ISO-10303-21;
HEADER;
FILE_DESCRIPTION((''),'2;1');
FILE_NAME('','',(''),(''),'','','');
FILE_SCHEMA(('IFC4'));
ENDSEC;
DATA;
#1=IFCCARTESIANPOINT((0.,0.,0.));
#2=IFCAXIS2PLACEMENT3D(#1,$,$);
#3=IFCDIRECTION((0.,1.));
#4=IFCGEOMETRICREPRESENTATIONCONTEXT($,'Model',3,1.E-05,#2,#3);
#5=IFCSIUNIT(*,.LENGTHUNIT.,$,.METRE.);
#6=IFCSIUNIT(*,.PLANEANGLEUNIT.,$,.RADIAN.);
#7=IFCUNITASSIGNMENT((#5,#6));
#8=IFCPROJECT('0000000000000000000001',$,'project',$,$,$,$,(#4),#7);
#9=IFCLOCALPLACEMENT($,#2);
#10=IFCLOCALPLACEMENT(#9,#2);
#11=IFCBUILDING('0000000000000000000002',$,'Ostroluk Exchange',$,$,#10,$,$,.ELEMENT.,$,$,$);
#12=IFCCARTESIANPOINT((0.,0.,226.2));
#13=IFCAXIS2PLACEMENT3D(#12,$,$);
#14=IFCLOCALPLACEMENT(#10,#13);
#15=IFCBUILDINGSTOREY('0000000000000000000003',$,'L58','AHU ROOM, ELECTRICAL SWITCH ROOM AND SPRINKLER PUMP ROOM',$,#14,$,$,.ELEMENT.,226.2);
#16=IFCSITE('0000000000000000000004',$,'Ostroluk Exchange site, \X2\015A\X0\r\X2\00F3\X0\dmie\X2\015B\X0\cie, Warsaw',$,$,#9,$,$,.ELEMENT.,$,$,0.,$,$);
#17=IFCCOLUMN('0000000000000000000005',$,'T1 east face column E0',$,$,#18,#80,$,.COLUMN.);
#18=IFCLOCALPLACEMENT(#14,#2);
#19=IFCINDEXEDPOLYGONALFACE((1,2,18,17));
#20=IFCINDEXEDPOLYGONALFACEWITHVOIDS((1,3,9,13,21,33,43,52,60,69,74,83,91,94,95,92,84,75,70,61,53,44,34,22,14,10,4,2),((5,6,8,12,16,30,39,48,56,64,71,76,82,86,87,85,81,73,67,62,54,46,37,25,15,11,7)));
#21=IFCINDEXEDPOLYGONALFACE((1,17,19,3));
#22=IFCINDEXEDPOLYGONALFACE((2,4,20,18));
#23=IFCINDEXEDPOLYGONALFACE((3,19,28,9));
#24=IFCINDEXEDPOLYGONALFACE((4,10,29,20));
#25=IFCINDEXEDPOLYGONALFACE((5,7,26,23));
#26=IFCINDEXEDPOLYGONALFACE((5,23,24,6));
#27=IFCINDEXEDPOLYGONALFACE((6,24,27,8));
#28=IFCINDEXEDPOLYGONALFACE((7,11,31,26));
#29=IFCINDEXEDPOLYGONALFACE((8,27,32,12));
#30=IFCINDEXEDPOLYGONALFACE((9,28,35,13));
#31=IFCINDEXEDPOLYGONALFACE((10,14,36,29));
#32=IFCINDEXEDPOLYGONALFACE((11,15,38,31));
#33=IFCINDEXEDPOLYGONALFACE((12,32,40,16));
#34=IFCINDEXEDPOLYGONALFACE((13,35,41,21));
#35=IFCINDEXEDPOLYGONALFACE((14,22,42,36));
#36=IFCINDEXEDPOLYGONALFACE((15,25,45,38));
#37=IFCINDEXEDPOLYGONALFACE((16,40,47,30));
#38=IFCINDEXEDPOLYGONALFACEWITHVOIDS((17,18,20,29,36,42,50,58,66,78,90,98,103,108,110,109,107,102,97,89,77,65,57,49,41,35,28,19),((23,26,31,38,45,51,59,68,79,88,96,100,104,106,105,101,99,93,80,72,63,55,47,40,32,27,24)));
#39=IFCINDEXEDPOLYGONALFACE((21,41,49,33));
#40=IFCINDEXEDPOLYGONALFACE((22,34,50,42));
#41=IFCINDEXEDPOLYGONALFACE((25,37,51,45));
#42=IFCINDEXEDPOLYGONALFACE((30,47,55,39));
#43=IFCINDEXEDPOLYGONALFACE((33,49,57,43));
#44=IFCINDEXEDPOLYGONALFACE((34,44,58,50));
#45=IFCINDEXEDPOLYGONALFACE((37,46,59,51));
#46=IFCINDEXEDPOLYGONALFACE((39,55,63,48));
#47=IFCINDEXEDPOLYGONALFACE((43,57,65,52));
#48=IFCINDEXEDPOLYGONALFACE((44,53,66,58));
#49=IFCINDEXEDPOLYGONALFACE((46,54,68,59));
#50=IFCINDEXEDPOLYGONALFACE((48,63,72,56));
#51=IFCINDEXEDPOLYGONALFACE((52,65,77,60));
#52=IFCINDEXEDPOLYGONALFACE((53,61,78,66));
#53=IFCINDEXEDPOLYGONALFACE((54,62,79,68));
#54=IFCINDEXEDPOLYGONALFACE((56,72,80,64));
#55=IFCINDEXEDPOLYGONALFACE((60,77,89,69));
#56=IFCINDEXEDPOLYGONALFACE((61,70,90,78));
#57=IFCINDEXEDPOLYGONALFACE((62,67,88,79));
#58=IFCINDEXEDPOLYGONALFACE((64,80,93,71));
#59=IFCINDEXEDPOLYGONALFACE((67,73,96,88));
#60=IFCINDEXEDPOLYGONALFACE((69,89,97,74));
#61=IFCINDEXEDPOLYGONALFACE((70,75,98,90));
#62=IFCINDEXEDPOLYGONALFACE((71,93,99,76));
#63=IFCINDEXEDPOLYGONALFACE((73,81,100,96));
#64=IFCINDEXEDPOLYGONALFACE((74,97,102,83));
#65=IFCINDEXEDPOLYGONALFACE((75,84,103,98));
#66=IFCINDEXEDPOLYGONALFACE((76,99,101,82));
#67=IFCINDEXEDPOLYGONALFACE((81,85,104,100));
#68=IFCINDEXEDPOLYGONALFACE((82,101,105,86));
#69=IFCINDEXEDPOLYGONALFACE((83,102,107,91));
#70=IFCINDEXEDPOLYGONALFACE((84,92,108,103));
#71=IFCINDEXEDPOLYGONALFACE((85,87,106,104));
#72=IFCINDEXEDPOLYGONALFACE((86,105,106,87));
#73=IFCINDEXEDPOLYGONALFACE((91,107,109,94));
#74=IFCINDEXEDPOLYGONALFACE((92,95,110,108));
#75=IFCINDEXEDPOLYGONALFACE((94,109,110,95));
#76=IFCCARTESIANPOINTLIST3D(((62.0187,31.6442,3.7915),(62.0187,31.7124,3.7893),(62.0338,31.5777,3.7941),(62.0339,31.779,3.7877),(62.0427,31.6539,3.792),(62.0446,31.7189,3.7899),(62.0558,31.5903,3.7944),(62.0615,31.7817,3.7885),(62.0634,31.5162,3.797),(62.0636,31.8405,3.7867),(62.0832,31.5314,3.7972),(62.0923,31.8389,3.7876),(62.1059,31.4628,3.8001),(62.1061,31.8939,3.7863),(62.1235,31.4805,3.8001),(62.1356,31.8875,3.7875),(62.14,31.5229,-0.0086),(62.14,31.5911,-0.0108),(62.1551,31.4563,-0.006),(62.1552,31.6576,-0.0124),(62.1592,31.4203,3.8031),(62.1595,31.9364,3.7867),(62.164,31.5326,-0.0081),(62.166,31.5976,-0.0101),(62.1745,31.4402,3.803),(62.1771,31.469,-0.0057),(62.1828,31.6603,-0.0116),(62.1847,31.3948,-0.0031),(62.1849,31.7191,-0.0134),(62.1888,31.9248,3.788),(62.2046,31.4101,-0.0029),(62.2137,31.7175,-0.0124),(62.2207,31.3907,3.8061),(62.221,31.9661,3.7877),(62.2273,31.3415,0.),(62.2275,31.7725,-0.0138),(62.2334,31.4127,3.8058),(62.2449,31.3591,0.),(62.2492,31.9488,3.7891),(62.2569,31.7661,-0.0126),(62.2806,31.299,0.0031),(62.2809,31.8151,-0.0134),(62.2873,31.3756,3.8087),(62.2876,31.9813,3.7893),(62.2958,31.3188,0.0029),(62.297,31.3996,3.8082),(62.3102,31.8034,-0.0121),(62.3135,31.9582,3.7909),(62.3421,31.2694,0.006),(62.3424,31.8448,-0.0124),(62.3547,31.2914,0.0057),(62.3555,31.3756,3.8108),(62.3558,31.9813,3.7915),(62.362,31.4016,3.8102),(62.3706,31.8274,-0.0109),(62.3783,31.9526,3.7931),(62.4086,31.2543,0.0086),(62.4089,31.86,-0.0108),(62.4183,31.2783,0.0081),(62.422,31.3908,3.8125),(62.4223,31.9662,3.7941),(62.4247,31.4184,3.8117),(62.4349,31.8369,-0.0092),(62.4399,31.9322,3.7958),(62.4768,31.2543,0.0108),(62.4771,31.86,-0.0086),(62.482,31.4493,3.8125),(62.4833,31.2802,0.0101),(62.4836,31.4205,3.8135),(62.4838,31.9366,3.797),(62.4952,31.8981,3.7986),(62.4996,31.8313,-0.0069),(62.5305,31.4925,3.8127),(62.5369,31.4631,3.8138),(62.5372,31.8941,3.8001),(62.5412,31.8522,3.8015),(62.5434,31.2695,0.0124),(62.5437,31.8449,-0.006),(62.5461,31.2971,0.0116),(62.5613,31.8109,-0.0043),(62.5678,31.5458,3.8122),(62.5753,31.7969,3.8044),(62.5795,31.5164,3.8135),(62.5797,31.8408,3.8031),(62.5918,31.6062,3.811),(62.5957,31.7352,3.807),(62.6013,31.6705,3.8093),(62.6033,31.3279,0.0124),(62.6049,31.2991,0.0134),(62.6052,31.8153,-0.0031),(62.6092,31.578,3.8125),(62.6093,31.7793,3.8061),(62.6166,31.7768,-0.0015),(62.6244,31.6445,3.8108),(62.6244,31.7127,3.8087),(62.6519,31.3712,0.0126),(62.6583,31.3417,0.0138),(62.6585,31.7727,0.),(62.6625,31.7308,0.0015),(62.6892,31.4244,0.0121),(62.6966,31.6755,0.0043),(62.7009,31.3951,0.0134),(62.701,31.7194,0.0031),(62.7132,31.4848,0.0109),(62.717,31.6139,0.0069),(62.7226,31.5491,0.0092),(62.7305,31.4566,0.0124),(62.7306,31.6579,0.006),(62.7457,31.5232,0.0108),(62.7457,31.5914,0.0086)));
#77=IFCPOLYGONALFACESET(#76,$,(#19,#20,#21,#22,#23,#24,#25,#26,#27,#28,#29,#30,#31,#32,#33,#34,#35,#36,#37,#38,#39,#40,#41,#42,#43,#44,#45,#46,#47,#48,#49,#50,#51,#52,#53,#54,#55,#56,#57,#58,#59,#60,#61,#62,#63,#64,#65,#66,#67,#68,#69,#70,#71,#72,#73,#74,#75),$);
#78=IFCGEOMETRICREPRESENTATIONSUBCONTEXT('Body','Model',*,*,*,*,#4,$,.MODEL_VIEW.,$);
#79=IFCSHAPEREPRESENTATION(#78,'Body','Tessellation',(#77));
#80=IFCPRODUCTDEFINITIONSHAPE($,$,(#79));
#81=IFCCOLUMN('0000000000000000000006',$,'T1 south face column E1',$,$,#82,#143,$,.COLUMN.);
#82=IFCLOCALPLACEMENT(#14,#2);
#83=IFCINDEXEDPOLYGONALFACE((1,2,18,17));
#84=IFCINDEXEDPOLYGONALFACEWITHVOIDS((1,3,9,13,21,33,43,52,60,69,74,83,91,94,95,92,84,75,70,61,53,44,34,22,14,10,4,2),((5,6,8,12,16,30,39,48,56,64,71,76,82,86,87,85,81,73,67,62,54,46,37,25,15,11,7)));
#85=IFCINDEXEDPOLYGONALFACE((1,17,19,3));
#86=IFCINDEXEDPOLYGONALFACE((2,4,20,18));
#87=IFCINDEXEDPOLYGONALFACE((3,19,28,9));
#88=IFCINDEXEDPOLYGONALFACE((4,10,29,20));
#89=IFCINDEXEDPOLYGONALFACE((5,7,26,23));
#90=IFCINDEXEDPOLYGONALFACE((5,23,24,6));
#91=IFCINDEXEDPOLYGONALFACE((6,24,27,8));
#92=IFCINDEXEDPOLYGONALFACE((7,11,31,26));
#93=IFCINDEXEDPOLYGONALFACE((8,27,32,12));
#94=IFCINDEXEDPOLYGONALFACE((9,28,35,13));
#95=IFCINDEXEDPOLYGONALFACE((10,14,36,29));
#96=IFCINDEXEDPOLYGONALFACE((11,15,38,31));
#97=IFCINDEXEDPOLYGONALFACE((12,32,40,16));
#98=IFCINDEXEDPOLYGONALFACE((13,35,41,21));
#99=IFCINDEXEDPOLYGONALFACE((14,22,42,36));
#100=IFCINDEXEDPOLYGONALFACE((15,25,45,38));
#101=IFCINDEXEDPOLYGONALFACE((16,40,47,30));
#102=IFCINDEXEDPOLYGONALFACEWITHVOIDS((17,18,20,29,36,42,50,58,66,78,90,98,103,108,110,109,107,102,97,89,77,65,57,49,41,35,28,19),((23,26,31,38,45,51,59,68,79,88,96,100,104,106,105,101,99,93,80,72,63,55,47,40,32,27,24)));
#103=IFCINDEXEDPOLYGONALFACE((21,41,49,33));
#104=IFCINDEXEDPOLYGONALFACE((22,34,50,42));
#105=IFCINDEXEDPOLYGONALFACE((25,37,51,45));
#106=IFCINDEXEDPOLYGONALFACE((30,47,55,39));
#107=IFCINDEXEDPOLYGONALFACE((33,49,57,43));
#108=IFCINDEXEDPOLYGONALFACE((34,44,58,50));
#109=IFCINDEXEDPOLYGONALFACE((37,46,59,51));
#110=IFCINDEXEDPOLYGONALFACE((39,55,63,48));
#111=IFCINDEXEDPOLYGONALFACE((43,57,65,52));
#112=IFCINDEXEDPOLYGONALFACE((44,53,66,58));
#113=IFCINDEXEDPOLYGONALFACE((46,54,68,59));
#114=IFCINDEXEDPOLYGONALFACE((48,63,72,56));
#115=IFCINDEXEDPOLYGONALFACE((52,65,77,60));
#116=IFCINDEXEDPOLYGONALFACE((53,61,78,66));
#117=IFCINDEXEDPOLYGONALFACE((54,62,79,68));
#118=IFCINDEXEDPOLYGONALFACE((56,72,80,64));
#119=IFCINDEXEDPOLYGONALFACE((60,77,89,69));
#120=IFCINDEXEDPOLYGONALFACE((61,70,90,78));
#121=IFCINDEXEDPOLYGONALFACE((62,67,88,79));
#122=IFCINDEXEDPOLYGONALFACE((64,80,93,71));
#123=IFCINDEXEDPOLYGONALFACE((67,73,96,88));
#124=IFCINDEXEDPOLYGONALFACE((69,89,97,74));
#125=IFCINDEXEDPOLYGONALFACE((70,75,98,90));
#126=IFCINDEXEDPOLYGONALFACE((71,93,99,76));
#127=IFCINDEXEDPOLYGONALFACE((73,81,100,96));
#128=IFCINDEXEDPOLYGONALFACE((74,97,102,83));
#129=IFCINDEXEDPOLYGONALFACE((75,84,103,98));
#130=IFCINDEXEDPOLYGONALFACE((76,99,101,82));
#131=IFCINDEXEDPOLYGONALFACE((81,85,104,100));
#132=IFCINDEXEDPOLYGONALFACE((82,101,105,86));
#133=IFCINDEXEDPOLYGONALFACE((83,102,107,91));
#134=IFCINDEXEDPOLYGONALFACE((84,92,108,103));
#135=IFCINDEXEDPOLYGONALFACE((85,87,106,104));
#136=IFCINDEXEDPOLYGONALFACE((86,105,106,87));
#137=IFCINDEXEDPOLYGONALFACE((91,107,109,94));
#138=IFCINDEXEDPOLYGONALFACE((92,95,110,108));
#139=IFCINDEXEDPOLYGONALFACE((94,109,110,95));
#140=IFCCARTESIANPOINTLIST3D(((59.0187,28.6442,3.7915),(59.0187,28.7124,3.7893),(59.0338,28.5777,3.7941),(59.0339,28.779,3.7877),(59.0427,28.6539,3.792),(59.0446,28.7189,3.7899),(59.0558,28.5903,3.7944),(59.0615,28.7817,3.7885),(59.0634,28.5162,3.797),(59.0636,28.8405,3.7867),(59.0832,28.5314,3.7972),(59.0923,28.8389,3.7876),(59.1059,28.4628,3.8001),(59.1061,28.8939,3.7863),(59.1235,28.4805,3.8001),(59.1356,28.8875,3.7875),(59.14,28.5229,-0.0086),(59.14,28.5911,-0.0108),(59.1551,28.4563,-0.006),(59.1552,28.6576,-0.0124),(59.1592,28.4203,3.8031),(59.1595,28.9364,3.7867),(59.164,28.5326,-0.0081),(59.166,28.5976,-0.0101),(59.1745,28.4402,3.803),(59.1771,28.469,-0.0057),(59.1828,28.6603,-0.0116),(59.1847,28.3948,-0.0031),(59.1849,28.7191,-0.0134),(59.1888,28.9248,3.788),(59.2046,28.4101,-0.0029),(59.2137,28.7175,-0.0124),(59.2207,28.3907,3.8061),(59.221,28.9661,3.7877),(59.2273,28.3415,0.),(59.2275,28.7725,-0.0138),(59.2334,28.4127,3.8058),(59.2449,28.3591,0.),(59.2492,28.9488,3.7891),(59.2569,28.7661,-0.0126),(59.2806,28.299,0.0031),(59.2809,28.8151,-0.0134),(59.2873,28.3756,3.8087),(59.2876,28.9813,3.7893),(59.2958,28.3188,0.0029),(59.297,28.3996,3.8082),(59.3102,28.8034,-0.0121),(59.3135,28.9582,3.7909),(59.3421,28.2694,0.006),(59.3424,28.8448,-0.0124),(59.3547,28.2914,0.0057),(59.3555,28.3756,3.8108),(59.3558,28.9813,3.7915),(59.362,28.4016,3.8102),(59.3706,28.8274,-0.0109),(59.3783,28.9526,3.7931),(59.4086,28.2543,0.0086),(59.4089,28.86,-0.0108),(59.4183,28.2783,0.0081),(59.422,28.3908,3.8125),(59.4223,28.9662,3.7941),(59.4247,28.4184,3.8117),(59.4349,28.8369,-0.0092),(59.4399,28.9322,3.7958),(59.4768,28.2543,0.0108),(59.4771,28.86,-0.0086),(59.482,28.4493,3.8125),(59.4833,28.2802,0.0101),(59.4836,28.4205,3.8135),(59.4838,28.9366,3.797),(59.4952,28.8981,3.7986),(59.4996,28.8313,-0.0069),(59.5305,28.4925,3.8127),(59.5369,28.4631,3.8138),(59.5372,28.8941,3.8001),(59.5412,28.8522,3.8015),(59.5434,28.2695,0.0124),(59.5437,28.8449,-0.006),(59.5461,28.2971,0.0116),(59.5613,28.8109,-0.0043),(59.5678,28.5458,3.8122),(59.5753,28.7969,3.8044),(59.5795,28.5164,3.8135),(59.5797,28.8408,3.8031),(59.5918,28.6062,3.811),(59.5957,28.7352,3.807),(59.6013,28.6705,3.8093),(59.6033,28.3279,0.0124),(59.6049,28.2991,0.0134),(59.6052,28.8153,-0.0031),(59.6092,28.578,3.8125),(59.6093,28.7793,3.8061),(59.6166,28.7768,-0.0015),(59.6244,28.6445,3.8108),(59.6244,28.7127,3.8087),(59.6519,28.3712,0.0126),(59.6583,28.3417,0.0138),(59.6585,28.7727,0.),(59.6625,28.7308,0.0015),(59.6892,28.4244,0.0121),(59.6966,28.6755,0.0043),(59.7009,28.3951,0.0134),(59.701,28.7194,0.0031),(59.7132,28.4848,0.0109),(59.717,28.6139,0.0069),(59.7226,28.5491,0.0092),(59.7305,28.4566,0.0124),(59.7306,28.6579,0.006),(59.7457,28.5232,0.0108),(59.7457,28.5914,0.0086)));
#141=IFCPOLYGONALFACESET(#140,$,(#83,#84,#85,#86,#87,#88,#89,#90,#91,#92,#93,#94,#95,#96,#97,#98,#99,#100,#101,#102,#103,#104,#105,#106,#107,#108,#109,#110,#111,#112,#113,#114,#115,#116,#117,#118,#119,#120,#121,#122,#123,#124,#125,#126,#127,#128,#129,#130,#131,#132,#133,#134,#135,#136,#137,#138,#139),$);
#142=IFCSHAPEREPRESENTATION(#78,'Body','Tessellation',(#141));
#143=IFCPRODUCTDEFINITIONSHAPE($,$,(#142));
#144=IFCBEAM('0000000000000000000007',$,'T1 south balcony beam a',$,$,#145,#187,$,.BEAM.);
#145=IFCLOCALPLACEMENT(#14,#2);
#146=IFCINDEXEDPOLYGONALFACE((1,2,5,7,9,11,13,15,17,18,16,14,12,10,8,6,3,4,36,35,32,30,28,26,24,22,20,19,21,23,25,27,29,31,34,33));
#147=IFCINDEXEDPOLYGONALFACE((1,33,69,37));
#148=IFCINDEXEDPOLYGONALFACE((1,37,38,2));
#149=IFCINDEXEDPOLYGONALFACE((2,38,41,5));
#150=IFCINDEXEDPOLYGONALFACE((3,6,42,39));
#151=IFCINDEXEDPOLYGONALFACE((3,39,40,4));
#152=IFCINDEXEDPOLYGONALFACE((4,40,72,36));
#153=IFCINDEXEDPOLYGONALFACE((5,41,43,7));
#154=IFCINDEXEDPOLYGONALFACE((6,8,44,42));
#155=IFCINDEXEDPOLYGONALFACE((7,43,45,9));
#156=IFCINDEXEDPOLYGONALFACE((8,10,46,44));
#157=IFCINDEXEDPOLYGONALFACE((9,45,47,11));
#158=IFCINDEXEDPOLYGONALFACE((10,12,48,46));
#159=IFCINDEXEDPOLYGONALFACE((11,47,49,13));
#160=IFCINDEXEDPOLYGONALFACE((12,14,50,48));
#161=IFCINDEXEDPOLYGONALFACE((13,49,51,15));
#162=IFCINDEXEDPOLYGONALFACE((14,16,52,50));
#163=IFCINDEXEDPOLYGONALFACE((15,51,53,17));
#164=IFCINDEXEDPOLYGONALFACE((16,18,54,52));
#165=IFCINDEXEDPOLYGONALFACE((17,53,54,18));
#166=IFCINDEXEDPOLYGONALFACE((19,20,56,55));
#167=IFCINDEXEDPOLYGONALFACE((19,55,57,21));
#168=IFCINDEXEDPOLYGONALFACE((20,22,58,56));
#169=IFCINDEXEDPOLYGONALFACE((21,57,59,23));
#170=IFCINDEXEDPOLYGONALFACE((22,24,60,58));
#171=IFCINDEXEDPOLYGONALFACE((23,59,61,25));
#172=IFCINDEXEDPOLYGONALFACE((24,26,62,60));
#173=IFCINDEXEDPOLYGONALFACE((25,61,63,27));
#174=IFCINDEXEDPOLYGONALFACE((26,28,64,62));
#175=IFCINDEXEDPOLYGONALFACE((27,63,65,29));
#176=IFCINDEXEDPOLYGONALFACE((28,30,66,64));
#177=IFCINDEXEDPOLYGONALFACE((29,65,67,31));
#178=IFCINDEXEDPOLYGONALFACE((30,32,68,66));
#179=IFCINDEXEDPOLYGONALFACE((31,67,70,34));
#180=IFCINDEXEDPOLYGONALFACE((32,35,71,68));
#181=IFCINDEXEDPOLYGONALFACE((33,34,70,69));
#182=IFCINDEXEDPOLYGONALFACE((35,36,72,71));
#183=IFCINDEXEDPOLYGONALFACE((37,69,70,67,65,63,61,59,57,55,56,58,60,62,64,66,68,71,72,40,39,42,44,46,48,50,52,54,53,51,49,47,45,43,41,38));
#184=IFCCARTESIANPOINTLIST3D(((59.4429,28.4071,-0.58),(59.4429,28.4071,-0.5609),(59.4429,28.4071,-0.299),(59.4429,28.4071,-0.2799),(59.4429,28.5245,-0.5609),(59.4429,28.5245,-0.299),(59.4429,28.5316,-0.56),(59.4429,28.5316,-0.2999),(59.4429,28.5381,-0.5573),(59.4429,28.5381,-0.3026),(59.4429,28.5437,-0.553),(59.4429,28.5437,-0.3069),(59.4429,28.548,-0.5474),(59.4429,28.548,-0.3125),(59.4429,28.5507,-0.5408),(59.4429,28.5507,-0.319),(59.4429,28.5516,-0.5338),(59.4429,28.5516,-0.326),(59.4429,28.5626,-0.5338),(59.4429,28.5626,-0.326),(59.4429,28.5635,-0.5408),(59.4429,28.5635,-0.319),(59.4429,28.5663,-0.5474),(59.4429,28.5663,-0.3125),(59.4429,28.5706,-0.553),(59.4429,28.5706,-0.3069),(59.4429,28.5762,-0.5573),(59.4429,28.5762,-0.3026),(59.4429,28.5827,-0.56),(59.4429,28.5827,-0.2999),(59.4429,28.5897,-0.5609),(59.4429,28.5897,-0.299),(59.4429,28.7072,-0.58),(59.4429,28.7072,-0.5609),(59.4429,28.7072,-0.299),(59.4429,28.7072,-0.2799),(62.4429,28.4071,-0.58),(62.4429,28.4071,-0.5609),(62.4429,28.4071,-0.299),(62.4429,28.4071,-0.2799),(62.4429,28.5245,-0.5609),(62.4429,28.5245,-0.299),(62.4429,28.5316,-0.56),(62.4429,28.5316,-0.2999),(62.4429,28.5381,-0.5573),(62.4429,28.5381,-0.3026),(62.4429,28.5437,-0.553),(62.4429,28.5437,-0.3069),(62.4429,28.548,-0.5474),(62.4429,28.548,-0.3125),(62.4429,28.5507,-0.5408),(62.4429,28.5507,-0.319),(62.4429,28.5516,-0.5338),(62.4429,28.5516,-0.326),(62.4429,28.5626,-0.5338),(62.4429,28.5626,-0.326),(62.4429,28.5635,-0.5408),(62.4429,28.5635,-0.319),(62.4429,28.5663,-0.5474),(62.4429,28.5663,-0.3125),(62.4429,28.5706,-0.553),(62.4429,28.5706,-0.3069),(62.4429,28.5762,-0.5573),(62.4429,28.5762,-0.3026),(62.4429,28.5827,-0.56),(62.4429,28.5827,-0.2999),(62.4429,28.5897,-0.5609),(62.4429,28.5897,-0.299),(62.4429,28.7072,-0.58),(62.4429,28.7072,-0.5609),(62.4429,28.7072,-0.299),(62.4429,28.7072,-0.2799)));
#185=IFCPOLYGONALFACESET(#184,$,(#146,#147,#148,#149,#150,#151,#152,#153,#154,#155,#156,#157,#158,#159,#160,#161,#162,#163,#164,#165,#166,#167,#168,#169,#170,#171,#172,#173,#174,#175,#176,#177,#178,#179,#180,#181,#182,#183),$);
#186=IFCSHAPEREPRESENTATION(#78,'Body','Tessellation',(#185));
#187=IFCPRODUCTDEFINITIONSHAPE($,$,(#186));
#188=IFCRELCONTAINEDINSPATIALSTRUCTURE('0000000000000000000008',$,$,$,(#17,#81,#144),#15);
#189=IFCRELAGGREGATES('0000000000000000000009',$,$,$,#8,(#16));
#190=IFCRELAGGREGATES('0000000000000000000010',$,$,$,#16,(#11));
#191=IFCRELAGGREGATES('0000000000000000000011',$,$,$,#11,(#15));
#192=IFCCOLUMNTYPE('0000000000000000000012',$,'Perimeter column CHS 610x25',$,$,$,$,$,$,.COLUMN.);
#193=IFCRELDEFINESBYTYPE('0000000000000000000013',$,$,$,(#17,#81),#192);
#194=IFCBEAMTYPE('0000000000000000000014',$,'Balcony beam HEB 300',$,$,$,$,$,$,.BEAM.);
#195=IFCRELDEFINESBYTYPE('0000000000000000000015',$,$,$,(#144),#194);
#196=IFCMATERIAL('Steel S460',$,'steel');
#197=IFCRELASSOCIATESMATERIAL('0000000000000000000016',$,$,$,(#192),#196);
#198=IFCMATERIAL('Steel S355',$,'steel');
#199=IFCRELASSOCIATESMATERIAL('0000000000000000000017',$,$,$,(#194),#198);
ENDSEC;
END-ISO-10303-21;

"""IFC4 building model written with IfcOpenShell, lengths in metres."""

from ifc_helpers import new_model, si_unit, direction, frame, origin, origin_2d, place, context, subcontext, project, spatial, hollow_circle, i_section, extrude, material, material_profile, profile_set, type_object, element, save


model = new_model("IFC4")

# Units and contexts
model_context = context("Model", 3, precision=1e-05, world=origin(), true_north=direction((0.0, 1.0)))
body_context = subcontext(model_context, "Body", "Model", "MODEL_VIEW")
ifc_project = project(units=[si_unit("LENGTHUNIT", "METRE"), si_unit("PLANEANGLEUNIT", "RADIAN")], contexts=[model_context])

# Site, building, storey
site_placement = place(None, origin())
site = spatial("IfcSite", under=ifc_project, at=site_placement, Name="Ostroluk Exchange site, Śródmieście, Warsaw", CompositionType="ELEMENT", RefElevation=0.0)
building_placement = place(site_placement, origin())
building = spatial("IfcBuilding", under=site, at=building_placement, Name="Ostroluk Exchange", CompositionType="ELEMENT")
storey_placement = place(building_placement, frame((0.0, 0.0, 226.2)))
storey = spatial("IfcBuildingStorey", under=building, at=storey_placement, Name="L58", Description="AHU ROOM, ELECTRICAL SWITCH ROOM AND SPRINKLER PUMP ROOM", CompositionType="ELEMENT", Elevation=226.2)

# Columns
ifc_material_1 = material(Name="Steel S460", Category="steel")
ifc_material_profile_1 = material_profile(ifc_material_1, hollow_circle(Radius=0.3049, WallThickness=0.0249, at=origin_2d()), Name="CHS 610x25")
ifc_profile_set_1 = profile_set([ifc_material_profile_1], Name="Steel S460")
column_type = type_object("IfcColumnType", Name="Perimeter column CHS 610x25", PredefinedType="COLUMN", material=ifc_profile_set_1)
for number, where, z_axis, x_axis, name in (
    (1, (62.4429, 31.5571, 0.0), (-0.031898, 0.031898, 0.998982), (-0.707107, -0.707107, 0.0), "T1 east face column E0"),
    (2, (59.4429, 28.5571, 0.0), (-0.031898, 0.031898, 0.998982), (-0.707107, -0.707107, 0.0), "T1 south face column E1"),
):
    element("IfcColumn", number, at=place(storey_placement, frame(where, z_axis=z_axis, x_axis=x_axis)), inside=storey, type_object=column_type, Name=name, PredefinedType="COLUMN", context=body_context, shape_type="SweptSolid", body=[
        extrude(hollow_circle(Radius=0.3049, WallThickness=0.0249, at=origin_2d()), origin(), (0.0, 0.0, 1.0), 3.804),
    ])

# Beam
ifc_material_2 = material(Name="Steel S355", Category="steel")
ifc_material_profile_2 = material_profile(ifc_material_2, i_section(OverallWidth=0.3, OverallDepth=0.3, WebThickness=0.011, FlangeThickness=0.019, FilletRadius=0.0271, at=origin_2d()), Name="HEB 300")
ifc_profile_set_2 = profile_set([ifc_material_profile_2], Name="Steel S355")
beam_type = type_object("IfcBeamType", Name="Balcony beam HEB 300", PredefinedType="BEAM", material=ifc_profile_set_2)
for number, where, z_axis, x_axis, name in (
    (3, (59.4429, 28.5571, -0.4299), (1.0, 0.0, 0.0), (0.0, 1.0, 0.0), "T1 south balcony beam a"),
):
    element("IfcBeam", number, at=place(storey_placement, frame(where, z_axis=z_axis, x_axis=x_axis)), inside=storey, type_object=beam_type, Name=name, PredefinedType="BEAM", context=body_context, shape_type="SweptSolid", body=[
        extrude(i_section(OverallWidth=0.3, OverallDepth=0.3, WebThickness=0.011, FlangeThickness=0.019, FilletRadius=0.0271, at=origin_2d()), origin(), (0.0, 0.0, 1.0), 3.0),
    ])

save(model, "model.ifc")
